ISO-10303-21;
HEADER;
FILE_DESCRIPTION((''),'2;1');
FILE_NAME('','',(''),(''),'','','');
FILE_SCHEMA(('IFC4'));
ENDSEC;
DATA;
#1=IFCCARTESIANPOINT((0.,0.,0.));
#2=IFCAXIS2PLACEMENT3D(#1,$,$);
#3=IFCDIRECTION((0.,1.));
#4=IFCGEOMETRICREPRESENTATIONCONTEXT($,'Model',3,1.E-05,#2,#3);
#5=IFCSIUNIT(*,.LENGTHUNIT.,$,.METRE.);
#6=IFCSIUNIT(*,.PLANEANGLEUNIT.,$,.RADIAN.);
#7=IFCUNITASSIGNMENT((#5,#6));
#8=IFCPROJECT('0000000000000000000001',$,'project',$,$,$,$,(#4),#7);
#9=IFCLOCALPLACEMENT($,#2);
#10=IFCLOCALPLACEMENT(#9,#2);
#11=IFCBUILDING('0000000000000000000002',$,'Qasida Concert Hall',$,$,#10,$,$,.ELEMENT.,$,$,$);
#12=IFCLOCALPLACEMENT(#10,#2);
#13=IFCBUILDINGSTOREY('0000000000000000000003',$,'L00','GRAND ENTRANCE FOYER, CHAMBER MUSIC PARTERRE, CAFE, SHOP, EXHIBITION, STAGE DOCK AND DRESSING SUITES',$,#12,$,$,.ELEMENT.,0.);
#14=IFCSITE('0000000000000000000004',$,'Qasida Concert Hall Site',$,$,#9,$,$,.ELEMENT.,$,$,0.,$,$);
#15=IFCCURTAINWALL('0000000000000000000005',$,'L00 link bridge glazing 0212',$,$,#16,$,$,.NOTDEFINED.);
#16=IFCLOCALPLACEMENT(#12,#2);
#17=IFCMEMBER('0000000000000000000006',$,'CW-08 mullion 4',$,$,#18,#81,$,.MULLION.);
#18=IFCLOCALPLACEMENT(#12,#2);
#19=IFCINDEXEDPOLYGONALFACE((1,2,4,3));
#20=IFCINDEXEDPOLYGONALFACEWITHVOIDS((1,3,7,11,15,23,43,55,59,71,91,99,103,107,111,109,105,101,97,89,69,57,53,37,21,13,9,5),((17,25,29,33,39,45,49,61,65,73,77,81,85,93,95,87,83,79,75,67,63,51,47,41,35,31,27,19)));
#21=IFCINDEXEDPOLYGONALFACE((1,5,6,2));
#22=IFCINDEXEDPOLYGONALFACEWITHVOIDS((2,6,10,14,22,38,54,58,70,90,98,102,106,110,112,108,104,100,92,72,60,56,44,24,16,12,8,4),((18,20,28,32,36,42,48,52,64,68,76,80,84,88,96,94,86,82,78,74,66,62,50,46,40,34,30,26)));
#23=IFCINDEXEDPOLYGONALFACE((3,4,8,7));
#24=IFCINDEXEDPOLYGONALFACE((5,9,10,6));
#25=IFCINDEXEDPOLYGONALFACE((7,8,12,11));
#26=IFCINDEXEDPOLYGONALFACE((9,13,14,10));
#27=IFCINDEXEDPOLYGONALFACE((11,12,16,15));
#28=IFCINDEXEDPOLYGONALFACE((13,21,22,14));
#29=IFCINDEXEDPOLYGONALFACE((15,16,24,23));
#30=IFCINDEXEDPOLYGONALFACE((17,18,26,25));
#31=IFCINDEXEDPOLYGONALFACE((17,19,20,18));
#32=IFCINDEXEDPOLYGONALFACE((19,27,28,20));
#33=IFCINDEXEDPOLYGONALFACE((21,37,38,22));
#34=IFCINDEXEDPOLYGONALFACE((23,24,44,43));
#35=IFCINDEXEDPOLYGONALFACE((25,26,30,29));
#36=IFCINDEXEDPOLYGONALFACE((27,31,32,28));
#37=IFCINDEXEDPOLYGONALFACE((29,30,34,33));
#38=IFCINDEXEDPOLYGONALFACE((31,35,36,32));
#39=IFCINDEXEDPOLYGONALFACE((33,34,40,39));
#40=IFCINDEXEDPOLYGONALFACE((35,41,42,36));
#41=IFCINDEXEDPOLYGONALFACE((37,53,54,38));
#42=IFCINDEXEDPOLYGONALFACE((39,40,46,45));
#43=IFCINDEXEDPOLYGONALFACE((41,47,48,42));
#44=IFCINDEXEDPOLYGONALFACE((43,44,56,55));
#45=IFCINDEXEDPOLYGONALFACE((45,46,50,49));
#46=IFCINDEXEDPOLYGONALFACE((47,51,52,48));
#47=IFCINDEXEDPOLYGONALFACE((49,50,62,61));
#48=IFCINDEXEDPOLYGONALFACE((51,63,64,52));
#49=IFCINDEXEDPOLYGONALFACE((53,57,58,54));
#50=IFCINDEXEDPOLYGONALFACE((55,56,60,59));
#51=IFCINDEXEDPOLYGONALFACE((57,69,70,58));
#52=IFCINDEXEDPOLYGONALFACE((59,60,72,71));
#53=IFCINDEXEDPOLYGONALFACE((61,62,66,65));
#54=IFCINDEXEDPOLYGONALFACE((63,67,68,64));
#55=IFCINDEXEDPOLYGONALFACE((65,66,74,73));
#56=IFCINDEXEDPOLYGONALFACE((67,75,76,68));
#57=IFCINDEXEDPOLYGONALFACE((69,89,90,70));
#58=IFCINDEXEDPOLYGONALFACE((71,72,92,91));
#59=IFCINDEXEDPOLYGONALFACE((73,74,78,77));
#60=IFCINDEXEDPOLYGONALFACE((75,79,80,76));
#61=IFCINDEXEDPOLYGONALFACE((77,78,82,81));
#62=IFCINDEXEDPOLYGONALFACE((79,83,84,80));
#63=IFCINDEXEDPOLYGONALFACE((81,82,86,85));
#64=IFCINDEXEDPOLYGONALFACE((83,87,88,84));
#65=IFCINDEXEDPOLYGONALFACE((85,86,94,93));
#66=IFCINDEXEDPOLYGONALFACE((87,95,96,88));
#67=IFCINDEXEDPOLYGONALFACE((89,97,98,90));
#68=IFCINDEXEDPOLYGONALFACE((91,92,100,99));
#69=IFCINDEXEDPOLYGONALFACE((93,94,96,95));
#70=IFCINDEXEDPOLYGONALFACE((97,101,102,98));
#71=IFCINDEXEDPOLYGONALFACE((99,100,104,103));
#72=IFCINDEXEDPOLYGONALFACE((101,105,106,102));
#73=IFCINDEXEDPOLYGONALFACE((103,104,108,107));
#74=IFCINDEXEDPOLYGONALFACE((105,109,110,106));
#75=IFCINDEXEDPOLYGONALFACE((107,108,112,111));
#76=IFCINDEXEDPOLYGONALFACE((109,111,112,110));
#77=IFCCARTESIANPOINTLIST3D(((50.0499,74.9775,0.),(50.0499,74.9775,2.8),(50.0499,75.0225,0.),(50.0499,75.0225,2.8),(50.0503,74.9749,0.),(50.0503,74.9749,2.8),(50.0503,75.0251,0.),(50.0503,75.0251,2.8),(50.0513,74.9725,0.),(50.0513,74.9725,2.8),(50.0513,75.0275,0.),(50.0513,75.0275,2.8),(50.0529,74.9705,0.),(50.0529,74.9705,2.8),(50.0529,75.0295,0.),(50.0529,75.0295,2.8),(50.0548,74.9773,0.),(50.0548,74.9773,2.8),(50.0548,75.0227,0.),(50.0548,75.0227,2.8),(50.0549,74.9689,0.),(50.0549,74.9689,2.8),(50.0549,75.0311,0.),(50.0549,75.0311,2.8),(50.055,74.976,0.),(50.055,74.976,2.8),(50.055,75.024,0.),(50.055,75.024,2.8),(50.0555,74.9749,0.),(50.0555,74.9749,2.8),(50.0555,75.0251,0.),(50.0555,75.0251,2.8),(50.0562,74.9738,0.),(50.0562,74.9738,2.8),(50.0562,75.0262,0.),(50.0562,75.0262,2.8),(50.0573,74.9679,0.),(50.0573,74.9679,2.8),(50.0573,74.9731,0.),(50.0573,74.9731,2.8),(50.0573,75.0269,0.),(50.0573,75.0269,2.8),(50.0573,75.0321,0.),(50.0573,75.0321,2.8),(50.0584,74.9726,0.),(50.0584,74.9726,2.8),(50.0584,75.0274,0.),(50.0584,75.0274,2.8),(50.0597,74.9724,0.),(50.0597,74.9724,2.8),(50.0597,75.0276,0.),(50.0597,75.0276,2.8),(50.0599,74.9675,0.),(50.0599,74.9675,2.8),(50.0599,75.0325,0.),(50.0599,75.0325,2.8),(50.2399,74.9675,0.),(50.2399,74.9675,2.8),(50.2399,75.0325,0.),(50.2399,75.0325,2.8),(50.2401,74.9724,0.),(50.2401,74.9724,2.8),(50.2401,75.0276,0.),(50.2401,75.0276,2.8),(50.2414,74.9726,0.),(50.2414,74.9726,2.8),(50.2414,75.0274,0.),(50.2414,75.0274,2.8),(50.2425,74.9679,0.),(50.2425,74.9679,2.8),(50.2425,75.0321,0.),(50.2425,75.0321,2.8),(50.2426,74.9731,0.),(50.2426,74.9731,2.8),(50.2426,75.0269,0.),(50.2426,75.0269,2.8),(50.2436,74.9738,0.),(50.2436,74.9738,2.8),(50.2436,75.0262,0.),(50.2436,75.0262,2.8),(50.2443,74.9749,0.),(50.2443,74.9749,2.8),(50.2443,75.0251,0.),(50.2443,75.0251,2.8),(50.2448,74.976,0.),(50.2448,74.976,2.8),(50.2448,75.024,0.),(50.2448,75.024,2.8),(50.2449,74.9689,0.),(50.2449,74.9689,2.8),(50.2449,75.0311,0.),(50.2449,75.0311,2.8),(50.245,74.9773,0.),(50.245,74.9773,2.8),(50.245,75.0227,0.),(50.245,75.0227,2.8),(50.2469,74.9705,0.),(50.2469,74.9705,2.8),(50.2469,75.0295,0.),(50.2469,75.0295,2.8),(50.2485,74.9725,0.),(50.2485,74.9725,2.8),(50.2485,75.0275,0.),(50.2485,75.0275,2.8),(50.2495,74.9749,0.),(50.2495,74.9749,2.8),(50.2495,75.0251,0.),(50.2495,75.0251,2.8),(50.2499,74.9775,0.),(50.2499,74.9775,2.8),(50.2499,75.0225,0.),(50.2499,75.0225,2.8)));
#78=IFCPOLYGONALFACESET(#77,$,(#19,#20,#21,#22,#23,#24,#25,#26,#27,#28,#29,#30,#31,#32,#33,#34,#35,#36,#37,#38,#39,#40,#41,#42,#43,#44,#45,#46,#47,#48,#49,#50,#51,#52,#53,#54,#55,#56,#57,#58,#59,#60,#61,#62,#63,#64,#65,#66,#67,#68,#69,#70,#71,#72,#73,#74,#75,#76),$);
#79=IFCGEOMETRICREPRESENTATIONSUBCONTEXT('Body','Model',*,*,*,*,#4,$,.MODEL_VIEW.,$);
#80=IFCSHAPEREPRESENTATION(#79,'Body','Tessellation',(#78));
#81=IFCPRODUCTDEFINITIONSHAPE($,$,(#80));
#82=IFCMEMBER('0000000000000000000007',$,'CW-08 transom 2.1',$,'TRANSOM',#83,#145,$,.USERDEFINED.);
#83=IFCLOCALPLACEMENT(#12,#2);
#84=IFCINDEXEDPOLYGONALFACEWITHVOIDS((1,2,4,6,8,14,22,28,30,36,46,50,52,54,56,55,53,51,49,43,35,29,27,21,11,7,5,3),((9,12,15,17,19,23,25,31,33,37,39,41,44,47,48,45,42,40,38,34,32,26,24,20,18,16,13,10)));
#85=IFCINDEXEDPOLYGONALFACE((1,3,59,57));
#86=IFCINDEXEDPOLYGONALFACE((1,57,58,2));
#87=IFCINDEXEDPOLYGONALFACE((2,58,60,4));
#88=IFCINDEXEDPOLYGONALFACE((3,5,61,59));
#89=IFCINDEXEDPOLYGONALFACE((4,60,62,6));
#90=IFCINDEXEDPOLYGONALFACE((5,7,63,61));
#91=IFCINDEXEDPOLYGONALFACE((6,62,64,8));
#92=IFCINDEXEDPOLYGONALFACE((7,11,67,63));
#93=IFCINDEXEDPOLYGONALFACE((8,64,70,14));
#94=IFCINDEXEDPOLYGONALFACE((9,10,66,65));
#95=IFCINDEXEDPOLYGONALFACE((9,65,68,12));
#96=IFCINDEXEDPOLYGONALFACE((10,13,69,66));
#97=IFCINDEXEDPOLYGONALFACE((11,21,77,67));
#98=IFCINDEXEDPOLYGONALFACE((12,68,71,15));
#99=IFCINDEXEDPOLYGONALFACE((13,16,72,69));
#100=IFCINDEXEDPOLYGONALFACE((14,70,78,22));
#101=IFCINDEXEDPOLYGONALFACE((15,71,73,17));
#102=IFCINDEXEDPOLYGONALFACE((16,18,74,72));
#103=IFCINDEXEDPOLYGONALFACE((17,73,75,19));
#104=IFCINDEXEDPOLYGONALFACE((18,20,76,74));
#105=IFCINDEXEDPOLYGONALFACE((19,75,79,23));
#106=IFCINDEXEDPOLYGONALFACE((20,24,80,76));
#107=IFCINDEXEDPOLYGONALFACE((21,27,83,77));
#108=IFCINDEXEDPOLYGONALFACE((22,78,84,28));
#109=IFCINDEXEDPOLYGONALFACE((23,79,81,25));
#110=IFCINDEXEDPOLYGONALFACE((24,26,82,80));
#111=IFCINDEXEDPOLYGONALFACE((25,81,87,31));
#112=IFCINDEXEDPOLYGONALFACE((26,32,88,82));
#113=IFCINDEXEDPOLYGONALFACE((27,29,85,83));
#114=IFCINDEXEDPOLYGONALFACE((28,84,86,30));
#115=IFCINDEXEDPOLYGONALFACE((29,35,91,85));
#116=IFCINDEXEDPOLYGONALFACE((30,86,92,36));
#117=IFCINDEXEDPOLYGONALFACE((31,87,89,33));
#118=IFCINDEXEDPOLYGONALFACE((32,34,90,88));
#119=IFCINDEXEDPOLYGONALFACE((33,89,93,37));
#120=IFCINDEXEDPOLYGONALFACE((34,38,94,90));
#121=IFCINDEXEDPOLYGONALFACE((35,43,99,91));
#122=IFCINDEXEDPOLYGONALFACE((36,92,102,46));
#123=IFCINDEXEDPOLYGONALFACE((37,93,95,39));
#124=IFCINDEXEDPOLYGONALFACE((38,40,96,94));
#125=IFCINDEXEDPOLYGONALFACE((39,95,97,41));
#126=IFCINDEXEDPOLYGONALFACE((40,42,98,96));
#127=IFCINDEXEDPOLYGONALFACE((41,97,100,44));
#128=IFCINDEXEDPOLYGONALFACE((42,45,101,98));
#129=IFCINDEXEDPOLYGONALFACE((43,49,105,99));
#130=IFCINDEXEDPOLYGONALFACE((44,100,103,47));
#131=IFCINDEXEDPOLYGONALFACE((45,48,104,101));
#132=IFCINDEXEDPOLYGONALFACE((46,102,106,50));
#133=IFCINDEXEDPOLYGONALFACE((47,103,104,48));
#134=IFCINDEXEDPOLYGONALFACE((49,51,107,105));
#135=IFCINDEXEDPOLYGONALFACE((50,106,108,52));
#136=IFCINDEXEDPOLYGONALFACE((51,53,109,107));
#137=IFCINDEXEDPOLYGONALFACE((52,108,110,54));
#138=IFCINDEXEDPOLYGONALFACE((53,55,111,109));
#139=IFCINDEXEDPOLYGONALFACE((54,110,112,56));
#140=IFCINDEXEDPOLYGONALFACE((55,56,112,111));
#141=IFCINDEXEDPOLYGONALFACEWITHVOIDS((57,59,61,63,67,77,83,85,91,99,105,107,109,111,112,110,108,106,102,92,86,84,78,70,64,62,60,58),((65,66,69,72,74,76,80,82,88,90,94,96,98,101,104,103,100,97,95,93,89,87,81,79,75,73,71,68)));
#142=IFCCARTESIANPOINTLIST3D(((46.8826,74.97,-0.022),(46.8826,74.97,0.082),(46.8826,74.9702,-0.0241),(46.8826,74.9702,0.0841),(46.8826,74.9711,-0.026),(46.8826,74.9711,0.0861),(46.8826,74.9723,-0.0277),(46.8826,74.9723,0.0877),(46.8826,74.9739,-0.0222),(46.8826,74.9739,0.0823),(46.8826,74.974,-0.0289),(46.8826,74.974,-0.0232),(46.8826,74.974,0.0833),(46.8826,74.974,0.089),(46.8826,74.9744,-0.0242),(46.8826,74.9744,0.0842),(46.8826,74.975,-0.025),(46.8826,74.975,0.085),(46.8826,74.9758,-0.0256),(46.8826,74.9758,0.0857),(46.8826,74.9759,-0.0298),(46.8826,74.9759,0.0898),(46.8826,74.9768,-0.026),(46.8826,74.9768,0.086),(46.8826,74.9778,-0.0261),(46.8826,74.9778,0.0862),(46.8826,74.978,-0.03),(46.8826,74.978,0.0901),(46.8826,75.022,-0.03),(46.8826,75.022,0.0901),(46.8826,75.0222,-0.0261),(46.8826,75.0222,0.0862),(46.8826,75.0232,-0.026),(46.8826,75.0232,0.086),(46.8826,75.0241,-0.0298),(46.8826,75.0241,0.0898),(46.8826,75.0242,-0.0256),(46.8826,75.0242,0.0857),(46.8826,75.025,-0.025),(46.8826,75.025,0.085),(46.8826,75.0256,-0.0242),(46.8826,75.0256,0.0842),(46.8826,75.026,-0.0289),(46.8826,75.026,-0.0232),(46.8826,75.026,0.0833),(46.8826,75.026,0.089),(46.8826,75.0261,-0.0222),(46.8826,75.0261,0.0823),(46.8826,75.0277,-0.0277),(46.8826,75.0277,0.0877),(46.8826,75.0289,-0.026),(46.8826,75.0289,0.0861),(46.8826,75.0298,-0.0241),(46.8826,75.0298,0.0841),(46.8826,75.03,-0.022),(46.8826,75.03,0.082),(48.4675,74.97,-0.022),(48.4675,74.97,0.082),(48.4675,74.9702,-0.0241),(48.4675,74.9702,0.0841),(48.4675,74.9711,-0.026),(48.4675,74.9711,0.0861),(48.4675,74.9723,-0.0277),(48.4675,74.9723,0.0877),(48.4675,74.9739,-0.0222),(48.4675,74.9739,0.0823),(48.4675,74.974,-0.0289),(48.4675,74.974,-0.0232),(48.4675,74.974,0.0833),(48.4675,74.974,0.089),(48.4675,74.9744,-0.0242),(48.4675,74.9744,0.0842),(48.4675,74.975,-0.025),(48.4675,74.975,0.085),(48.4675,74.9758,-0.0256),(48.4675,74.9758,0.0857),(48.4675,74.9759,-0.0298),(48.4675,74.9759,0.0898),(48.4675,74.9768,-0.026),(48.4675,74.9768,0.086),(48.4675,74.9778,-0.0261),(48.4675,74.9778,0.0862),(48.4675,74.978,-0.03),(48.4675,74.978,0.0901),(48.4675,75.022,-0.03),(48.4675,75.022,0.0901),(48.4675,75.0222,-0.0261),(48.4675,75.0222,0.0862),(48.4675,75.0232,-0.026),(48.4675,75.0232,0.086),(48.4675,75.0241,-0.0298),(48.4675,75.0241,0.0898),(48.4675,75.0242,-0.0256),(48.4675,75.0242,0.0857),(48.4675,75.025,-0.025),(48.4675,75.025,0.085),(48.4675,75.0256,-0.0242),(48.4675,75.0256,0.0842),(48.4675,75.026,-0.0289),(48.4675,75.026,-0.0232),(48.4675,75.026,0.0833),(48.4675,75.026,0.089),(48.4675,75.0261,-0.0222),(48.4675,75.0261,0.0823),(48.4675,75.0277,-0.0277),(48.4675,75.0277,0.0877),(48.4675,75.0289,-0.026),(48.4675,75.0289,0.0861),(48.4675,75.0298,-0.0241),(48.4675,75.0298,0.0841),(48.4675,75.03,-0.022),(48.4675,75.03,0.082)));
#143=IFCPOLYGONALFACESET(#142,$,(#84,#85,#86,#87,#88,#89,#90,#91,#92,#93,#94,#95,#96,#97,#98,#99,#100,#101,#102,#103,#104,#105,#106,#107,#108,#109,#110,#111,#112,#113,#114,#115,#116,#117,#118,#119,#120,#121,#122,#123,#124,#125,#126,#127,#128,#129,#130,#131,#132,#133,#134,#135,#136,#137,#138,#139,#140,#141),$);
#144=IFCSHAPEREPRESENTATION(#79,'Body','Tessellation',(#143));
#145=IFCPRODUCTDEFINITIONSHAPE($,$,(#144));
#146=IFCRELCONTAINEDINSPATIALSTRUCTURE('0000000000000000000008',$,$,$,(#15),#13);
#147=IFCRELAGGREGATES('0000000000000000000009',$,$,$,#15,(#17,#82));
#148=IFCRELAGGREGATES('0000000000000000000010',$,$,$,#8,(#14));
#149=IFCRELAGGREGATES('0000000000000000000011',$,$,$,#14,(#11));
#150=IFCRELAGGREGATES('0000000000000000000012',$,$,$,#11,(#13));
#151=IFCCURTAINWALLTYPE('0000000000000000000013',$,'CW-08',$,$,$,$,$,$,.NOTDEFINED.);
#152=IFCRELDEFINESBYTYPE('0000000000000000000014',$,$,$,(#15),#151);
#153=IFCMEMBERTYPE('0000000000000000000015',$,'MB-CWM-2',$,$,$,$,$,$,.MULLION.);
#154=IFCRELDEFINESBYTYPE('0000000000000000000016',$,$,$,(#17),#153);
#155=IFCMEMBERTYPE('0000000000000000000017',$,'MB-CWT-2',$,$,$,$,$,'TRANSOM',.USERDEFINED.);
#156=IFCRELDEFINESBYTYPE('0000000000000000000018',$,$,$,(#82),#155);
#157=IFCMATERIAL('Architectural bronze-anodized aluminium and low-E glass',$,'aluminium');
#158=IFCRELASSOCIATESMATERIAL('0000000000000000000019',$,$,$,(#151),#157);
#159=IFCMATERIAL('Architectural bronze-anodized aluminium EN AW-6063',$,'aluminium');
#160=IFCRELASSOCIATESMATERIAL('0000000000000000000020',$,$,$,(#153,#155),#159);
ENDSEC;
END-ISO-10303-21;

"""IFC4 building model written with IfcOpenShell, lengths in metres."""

from ifc_helpers import new_model, si_unit, direction, frame, origin, origin_2d, place, context, subcontext, project, spatial, hollow_rectangle, extrude, material, material_profile, profile_set, type_object, element, aggregate, save


model = new_model("IFC4")

# Units and contexts
model_context = context("Model", 3, precision=1e-05, world=origin(), true_north=direction((0.0, 1.0)))
body_context = subcontext(model_context, "Body", "Model", "MODEL_VIEW")
ifc_project = project(units=[si_unit("LENGTHUNIT", "METRE"), si_unit("PLANEANGLEUNIT", "RADIAN")], contexts=[model_context])

# Site, building, storey
site_placement = place(None, origin())
site = spatial("IfcSite", under=ifc_project, at=site_placement, Name="Qasida Concert Hall Site", CompositionType="ELEMENT", RefElevation=0.0)
building_placement = place(site_placement, origin())
building = spatial("IfcBuilding", under=site, at=building_placement, Name="Qasida Concert Hall", CompositionType="ELEMENT")
storey_placement = place(building_placement, origin())
storey = spatial("IfcBuildingStorey", under=building, at=storey_placement, Name="L00", Description="GRAND ENTRANCE FOYER, CHAMBER MUSIC PARTERRE, CAFE, SHOP, EXHIBITION, STAGE DOCK AND DRESSING SUITES", CompositionType="ELEMENT", Elevation=0.0)

# Curtain wall, members
ifc_material_1 = material(Name="Architectural bronze-anodized aluminium and low-E glass", Category="aluminium")
curtain_wall_type = type_object("IfcCurtainWallType", Name="CW-08", PredefinedType="NOTDEFINED", material=ifc_material_1)
curtain_wall_placement = place(storey_placement, origin())
curtain_wall = element("IfcCurtainWall", 1, at=curtain_wall_placement, inside=storey, type_object=curtain_wall_type, Name="L00 link bridge glazing 0212", PredefinedType="NOTDEFINED")
ifc_material_2 = material(Name="Architectural bronze-anodized aluminium EN AW-6063", Category="aluminium")
ifc_material_profile_1 = material_profile(ifc_material_2, hollow_rectangle(XDim=0.0649, YDim=0.2, WallThickness=0.0049, InnerFilletRadius=0.0049, OuterFilletRadius=0.01, at=origin_2d()), Name="CWM 200x65x5")
ifc_profile_set_1 = profile_set([ifc_material_profile_1], Name="Architectural bronze-anodized aluminium EN AW-6063")
member_type_1 = type_object("IfcMemberType", Name="MB-CWM-2", PredefinedType="MULLION", material=ifc_profile_set_1)
member_1_placement = place(storey_placement, frame((50.1499, 75.0, 0.0), z_axis=(0.0, 0.0, 1.0), x_axis=(0.0, 1.0, 0.0)))
member_1 = element("IfcMember", 2, at=member_1_placement, type_object=member_type_1, Name="CW-08 mullion 4", PredefinedType="MULLION", context=body_context, shape_type="SweptSolid", body=[
    extrude(hollow_rectangle(XDim=0.0649, YDim=0.2, WallThickness=0.0049, InnerFilletRadius=0.0049, OuterFilletRadius=0.01, at=origin_2d()), origin(), (0.0, 0.0, 1.0), 2.8),
])
ifc_material_profile_2 = material_profile(ifc_material_2, hollow_rectangle(XDim=0.0601, YDim=0.1201, WallThickness=0.0039, InnerFilletRadius=0.0039, OuterFilletRadius=0.0081, at=origin_2d()), Name="CWT 120x60x4")
ifc_profile_set_2 = profile_set([ifc_material_profile_2], Name="Architectural bronze-anodized aluminium EN AW-6063")
member_type_2 = type_object("IfcMemberType", Name="MB-CWT-2", ElementType="TRANSOM", PredefinedType="USERDEFINED", material=ifc_profile_set_2)
member_2_placement = place(storey_placement, frame((46.8826, 75.0, 0.03), z_axis=(1.0, 0.0, 0.0), x_axis=(0.0, 1.0, 0.0)))
member_2 = element("IfcMember", 3, at=member_2_placement, type_object=member_type_2, Name="CW-08 transom 2.1", ObjectType="TRANSOM", PredefinedType="USERDEFINED", context=body_context, shape_type="SweptSolid", body=[
    extrude(hollow_rectangle(XDim=0.0601, YDim=0.1201, WallThickness=0.0039, InnerFilletRadius=0.0039, OuterFilletRadius=0.0081, at=origin_2d()), origin(), (0.0, 0.0, 1.0), 1.585),
])
aggregate(curtain_wall, [member_1, member_2])

save(model, "model.ifc")
